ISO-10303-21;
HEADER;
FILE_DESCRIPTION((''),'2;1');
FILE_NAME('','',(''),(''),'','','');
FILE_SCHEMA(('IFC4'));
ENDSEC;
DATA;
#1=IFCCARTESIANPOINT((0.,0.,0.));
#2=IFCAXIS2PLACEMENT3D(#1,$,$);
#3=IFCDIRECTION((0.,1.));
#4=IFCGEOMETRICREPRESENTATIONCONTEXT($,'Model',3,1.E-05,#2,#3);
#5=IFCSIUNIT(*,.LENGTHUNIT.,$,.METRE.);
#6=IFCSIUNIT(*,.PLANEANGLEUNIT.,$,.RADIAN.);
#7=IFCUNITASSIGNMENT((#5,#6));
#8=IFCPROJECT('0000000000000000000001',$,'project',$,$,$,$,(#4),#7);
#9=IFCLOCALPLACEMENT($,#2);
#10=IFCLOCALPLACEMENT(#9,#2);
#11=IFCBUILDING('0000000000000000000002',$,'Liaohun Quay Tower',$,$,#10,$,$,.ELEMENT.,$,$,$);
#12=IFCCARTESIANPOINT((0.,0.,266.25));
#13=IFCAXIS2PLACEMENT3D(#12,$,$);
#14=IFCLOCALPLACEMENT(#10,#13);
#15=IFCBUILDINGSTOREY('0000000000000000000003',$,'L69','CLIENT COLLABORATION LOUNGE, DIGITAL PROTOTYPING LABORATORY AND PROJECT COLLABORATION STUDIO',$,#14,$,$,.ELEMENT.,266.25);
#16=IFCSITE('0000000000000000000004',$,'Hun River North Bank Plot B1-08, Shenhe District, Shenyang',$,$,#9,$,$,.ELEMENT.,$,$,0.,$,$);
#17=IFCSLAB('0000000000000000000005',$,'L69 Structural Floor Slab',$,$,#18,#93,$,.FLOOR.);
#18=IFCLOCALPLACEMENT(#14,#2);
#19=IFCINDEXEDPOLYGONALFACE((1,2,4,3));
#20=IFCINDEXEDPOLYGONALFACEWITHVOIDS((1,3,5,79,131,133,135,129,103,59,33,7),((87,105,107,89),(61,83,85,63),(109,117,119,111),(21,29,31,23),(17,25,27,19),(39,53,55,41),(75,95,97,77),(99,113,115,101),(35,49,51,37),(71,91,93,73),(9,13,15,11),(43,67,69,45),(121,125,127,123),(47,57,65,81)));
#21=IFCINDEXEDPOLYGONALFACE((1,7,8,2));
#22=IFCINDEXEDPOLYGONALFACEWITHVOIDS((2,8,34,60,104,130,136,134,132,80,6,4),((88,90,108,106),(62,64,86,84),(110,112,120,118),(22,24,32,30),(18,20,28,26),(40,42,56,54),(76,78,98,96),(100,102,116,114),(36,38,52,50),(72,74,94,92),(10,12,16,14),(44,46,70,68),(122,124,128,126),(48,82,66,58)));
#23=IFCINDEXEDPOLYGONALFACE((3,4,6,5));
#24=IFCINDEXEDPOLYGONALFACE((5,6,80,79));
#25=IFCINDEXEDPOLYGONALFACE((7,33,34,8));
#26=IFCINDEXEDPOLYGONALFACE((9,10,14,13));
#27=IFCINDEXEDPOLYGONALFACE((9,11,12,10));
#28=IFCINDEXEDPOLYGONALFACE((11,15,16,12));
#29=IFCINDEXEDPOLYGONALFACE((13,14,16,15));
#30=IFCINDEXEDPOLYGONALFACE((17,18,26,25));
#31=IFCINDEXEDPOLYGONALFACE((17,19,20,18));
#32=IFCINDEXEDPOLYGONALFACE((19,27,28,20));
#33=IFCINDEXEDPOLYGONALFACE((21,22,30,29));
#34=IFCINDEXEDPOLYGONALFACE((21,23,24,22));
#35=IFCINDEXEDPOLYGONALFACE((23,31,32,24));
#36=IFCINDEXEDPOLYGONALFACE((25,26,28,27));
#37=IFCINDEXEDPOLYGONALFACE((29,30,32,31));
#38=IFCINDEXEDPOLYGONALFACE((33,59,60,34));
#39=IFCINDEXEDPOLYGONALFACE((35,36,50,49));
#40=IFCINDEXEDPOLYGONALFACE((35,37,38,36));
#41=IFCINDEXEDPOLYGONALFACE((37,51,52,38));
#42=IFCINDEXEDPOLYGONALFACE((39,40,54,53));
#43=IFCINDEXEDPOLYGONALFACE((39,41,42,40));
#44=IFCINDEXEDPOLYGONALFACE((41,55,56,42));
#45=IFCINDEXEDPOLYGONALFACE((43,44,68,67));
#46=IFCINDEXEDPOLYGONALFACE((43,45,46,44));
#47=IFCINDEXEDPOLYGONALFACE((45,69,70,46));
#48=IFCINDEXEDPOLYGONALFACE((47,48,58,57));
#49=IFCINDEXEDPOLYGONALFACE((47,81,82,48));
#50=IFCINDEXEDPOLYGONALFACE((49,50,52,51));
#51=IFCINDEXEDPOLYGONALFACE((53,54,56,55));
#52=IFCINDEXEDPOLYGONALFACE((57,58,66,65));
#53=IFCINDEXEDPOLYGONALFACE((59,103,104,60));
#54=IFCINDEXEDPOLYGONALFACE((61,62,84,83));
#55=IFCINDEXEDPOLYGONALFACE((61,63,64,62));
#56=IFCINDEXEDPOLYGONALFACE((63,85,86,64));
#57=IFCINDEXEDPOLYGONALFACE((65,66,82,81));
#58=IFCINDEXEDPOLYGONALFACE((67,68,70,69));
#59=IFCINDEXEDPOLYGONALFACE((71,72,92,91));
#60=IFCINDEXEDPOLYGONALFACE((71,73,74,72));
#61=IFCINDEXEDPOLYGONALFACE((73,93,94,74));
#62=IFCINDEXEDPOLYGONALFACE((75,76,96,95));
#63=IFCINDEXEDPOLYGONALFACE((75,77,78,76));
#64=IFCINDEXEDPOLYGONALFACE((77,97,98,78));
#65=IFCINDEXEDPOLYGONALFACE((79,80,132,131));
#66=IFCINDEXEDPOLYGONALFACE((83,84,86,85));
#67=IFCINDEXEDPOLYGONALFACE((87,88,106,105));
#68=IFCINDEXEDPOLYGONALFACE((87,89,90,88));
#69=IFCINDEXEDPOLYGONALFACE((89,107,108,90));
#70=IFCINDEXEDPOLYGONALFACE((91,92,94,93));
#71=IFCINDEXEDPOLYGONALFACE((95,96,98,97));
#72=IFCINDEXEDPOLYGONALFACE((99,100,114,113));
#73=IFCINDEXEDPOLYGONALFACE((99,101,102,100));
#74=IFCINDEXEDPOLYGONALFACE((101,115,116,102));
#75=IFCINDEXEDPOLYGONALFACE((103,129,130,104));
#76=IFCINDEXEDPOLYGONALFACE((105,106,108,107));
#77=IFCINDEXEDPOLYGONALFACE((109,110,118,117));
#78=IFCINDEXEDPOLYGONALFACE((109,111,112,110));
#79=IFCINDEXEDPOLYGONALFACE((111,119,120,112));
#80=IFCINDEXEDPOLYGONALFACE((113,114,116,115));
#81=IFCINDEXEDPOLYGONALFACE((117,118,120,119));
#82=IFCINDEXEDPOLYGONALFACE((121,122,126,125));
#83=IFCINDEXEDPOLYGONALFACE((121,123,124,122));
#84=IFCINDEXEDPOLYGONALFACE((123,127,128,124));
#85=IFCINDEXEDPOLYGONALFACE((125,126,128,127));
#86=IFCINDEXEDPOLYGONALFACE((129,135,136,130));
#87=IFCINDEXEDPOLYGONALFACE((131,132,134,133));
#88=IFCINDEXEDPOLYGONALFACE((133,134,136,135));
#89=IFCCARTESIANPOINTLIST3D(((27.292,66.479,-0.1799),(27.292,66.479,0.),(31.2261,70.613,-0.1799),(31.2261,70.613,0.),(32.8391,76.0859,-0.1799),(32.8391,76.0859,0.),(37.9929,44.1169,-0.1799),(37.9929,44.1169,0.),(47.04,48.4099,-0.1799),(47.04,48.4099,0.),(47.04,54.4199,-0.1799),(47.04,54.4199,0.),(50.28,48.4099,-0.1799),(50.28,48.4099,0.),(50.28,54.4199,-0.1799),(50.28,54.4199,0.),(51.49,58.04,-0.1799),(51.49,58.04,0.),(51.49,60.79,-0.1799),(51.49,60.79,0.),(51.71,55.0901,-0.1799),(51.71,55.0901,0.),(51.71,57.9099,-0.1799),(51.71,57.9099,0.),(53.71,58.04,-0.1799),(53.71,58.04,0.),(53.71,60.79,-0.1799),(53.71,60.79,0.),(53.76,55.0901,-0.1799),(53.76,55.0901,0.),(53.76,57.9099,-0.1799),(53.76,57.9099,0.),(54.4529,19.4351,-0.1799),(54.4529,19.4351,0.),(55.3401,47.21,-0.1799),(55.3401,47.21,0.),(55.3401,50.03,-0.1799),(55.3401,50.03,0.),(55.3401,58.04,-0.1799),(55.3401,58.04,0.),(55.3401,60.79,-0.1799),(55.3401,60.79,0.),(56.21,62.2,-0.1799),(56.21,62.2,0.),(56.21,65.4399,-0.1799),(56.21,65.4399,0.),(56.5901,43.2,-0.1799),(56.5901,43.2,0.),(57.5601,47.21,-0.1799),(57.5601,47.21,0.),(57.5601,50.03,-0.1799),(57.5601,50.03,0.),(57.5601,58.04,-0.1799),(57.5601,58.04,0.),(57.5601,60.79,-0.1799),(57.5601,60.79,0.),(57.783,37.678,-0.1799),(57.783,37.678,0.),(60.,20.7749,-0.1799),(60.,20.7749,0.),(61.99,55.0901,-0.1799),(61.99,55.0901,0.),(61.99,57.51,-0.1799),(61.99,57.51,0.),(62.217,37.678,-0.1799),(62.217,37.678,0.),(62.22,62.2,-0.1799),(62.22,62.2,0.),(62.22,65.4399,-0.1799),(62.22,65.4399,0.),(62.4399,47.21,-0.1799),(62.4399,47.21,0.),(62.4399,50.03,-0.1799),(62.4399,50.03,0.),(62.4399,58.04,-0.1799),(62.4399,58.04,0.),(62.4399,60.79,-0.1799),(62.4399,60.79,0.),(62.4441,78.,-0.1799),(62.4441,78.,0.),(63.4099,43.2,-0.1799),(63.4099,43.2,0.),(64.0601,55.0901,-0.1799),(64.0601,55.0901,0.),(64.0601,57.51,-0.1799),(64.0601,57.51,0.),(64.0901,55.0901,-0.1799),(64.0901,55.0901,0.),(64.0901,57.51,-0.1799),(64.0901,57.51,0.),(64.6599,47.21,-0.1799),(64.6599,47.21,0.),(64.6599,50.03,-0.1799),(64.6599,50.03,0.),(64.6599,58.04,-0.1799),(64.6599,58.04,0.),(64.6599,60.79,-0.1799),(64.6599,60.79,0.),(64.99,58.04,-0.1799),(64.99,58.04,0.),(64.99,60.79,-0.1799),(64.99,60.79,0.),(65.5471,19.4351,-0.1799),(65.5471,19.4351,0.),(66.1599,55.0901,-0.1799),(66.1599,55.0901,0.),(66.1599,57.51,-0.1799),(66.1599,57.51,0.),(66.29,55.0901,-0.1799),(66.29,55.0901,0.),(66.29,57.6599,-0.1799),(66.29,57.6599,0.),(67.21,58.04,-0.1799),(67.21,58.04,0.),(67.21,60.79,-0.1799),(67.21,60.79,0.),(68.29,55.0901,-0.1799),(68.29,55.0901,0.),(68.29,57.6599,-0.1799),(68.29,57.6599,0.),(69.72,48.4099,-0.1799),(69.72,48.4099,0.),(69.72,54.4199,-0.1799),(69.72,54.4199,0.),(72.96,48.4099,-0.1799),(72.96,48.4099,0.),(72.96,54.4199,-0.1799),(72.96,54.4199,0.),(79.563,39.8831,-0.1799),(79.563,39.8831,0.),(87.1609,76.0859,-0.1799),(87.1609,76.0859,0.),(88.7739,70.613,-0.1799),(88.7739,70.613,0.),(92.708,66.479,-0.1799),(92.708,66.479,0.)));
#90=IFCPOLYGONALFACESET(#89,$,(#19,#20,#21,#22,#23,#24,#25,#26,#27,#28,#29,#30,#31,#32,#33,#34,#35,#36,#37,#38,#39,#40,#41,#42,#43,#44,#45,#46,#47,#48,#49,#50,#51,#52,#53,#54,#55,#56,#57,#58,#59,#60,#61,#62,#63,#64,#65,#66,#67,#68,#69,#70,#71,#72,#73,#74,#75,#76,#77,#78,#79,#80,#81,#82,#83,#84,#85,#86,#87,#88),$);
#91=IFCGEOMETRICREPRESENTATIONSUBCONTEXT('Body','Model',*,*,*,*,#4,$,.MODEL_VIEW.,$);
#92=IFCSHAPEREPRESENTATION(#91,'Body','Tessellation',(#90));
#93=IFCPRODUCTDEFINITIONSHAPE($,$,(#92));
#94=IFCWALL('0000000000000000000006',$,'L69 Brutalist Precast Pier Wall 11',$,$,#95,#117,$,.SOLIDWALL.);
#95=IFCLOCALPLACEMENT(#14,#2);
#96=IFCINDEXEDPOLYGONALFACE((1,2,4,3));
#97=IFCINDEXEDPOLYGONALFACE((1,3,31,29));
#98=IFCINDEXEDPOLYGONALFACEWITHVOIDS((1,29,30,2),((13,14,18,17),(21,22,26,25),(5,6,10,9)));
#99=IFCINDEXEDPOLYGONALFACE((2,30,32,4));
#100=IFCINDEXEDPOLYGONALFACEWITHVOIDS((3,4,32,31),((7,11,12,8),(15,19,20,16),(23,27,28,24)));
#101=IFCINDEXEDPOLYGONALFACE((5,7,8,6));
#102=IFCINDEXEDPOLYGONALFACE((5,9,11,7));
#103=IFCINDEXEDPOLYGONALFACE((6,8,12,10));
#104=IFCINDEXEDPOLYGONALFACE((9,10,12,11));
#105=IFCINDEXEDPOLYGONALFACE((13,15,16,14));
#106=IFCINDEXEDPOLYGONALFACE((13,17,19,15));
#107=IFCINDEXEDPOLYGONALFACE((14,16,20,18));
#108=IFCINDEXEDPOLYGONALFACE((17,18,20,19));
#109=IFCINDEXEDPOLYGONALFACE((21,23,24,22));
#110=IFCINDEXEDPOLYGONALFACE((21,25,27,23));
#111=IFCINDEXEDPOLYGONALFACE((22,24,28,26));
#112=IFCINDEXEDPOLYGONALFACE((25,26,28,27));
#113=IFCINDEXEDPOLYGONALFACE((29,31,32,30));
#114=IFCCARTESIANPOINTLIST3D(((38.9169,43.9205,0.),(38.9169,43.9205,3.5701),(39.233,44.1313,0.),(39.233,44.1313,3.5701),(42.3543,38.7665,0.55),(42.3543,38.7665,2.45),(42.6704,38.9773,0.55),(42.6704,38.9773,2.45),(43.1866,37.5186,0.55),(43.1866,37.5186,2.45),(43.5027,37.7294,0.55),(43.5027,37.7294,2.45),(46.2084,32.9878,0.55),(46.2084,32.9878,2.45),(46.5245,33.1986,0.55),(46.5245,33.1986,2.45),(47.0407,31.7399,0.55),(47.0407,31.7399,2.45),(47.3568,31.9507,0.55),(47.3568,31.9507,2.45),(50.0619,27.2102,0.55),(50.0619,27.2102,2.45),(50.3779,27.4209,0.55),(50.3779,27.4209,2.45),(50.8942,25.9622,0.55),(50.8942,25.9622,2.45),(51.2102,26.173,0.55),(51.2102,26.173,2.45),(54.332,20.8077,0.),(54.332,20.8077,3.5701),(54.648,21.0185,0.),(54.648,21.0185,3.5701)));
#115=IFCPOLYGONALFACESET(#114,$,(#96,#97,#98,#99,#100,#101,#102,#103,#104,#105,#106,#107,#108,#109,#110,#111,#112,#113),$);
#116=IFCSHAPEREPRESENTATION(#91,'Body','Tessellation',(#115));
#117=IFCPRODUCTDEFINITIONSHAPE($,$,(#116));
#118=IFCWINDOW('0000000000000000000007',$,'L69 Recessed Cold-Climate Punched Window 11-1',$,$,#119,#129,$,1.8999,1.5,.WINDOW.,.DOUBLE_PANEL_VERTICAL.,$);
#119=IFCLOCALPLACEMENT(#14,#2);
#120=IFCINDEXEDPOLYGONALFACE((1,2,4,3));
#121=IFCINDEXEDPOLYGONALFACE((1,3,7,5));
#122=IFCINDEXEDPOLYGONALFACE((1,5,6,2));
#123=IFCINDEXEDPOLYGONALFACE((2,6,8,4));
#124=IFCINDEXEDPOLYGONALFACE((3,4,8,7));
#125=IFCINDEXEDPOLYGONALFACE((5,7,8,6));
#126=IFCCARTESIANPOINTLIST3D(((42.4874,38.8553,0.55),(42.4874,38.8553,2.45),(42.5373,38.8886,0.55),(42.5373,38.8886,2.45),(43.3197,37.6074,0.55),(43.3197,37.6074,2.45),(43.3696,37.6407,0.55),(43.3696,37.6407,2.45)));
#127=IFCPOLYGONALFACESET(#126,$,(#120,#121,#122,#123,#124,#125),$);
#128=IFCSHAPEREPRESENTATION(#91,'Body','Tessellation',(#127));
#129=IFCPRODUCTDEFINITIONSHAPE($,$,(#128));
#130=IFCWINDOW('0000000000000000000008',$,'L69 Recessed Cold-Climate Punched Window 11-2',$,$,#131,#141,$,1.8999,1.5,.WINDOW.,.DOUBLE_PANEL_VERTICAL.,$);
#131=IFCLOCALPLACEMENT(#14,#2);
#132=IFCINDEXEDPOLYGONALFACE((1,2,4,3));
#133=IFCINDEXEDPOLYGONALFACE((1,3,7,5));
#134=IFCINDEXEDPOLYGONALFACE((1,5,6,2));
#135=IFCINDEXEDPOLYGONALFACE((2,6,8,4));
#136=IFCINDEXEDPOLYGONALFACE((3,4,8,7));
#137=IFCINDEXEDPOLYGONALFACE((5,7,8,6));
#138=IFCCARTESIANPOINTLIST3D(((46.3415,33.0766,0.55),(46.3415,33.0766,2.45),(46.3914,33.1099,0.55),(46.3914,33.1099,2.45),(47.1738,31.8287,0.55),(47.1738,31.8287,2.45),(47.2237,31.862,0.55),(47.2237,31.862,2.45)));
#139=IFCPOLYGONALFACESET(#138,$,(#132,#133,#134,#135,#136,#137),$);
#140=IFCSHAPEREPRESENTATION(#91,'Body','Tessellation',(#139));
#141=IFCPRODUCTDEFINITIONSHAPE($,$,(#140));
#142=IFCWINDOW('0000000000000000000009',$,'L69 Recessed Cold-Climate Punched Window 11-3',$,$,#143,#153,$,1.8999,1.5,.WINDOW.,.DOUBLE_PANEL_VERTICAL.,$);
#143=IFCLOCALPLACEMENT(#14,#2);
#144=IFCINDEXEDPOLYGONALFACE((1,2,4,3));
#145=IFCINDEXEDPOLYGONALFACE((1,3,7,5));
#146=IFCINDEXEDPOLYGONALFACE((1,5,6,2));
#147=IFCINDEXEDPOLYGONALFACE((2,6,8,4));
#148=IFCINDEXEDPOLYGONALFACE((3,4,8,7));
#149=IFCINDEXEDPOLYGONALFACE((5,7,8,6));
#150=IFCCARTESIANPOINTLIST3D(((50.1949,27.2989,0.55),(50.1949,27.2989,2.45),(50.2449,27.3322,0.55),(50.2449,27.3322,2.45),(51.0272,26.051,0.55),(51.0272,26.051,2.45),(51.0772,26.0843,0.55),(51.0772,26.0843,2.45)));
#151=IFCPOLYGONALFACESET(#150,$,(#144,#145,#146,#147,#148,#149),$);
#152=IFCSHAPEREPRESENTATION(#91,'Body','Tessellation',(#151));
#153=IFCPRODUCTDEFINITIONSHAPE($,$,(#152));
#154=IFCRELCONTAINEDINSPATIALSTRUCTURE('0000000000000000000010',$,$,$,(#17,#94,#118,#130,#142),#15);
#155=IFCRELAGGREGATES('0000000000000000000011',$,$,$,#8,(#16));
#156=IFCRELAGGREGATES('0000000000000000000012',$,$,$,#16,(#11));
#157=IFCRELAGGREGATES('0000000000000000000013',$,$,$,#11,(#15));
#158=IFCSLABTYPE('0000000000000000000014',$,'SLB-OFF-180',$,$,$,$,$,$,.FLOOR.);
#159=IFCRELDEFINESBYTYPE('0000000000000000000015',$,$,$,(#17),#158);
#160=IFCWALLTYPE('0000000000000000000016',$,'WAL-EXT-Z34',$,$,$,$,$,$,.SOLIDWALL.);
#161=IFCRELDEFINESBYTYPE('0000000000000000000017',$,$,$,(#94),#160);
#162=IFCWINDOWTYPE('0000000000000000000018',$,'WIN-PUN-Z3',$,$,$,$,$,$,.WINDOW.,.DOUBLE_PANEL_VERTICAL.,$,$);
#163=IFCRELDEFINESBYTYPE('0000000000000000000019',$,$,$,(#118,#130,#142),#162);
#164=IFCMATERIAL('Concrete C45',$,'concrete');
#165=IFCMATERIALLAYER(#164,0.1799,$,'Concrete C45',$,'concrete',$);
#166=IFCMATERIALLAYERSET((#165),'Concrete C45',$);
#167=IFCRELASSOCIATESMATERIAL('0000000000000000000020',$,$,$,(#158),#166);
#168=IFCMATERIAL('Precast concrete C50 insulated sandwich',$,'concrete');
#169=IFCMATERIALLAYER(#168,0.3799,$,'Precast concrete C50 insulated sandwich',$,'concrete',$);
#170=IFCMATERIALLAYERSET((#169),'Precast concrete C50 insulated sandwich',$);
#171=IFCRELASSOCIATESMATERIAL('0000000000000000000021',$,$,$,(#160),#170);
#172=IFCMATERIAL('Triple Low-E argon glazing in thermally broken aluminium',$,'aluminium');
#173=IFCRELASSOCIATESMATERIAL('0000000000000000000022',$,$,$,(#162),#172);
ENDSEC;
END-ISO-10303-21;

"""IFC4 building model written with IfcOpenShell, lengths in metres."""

from ifc_helpers import new_model, si_unit, direction, frame, frame_2d, origin, place, context, subcontext, project, spatial, polyline, rectangle, outline, extrude, source, transform, mapped, material, layer, layer_set, type_object, element, fill, save


model = new_model("IFC4")

# Units and contexts
model_context = context("Model", 3, precision=1e-05, world=origin(), true_north=direction((0.0, 1.0)))
body_context = subcontext(model_context, "Body", "Model", "MODEL_VIEW")
ifc_project = project(units=[si_unit("LENGTHUNIT", "METRE"), si_unit("PLANEANGLEUNIT", "RADIAN")], contexts=[model_context])

# Site, building, storey
site_placement = place(None, origin())
site = spatial("IfcSite", under=ifc_project, at=site_placement, Name="Hun River North Bank Plot B1-08, Shenhe District, Shenyang", CompositionType="ELEMENT", RefElevation=0.0)
building_placement = place(site_placement, origin())
building = spatial("IfcBuilding", under=site, at=building_placement, Name="Liaohun Quay Tower", CompositionType="ELEMENT")
storey_placement = place(building_placement, frame((0.0, 0.0, 266.25)))
storey = spatial("IfcBuildingStorey", under=building, at=storey_placement, Name="L69", Description="CLIENT COLLABORATION LOUNGE, DIGITAL PROTOTYPING LABORATORY AND PROJECT COLLABORATION STUDIO", CompositionType="ELEMENT", Elevation=266.25)

# Shared definitions
ifc_material_1 = material(Name="Concrete C45", Category="concrete")

# Slab
ifc_layer_1 = layer(ifc_material_1, 0.1799, Name="Concrete C45", Category="concrete")
ifc_layer_set_1 = layer_set([ifc_layer_1], Name="Concrete C45")
slab_type_1 = type_object("IfcSlabType", Name="SLB-OFF-180", PredefinedType="FLOOR", material=ifc_layer_set_1)
slab_1_placement = place(storey_placement, frame((0.0, 0.0, -0.1799)))
element("IfcSlab", 1, at=slab_1_placement, inside=storey, type_object=slab_type_1, Name="L69 Structural Floor Slab", PredefinedType="FLOOR", context=body_context, shape_type="SweptSolid", body=[
    extrude(outline(polyline([(54.4529, 19.4351), (60.0, 20.7749), (65.5471, 19.4351), (79.563, 39.8831), (92.708, 66.479), (88.7739, 70.613), (87.1609, 76.0859), (62.4441, 78.0), (32.8391, 76.0859), (31.2261, 70.613), (27.292, 66.479), (37.9929, 44.1169), (54.4529, 19.4351)]), holes=[polyline([(63.4099, 43.2), (56.5901, 43.2), (57.783, 37.678), (62.217, 37.678), (63.4099, 43.2)]), polyline([(57.5601, 47.21), (57.5601, 50.03), (55.3401, 50.03), (55.3401, 47.21), (57.5601, 47.21)]), polyline([(50.28, 54.4199), (47.04, 54.4199), (47.04, 48.4099), (50.28, 48.4099), (50.28, 54.4199)]), polyline([(53.76, 55.0901), (53.76, 57.9099), (51.71, 57.9099), (51.71, 55.0901), (53.76, 55.0901)]), polyline([(53.71, 58.04), (53.71, 60.79), (51.49, 60.79), (51.49, 58.04), (53.71, 58.04)]), polyline([(57.5601, 58.04), (57.5601, 60.79), (55.3401, 60.79), (55.3401, 58.04), (57.5601, 58.04)]), polyline([(62.22, 62.2), (62.22, 65.4399), (56.21, 65.4399), (56.21, 62.2), (62.22, 62.2)]), polyline([(64.6599, 50.03), (62.4399, 50.03), (62.4399, 47.21), (64.6599, 47.21), (64.6599, 50.03)]), polyline([(72.96, 54.4199), (69.72, 54.4199), (69.72, 48.4099), (72.96, 48.4099), (72.96, 54.4199)]), polyline([(64.0601, 55.0901), (64.0601, 57.51), (61.99, 57.51), (61.99, 55.0901), (64.0601, 55.0901)]), polyline([(66.1599, 55.0901), (66.1599, 57.51), (64.0901, 57.51), (64.0901, 55.0901), (66.1599, 55.0901)]), polyline([(68.29, 55.0901), (68.29, 57.6599), (66.29, 57.6599), (66.29, 55.0901), (68.29, 55.0901)]), polyline([(64.6599, 58.04), (64.6599, 60.79), (62.4399, 60.79), (62.4399, 58.04), (64.6599, 58.04)]), polyline([(67.21, 58.04), (67.21, 60.79), (64.99, 60.79), (64.99, 58.04), (67.21, 58.04)])]), origin(), (0.0, 0.0, 1.0), 0.1799),
])

# Wall, openings, windows
ifc_material_2 = material(Name="Precast concrete C50 insulated sandwich", Category="concrete")
ifc_layer_2 = layer(ifc_material_2, 0.3799, Name="Precast concrete C50 insulated sandwich", Category="concrete")
ifc_layer_set_2 = layer_set([ifc_layer_2], Name="Precast concrete C50 insulated sandwich")
wall_type_1 = type_object("IfcWallType", Name="WAL-EXT-Z34", PredefinedType="SOLIDWALL", material=ifc_layer_set_2)
wall_1_placement = place(storey_placement, frame((39.075, 44.0259, 0.0), z_axis=(0.0, 0.0, 1.0), x_axis=(0.554862, -0.831942, 0.0)))
wall_1 = element("IfcWall", 2, at=wall_1_placement, inside=storey, type_object=wall_type_1, Name="L69 Brutalist Precast Pier Wall 11", PredefinedType="SOLIDWALL", context=body_context, shape_type="SweptSolid", body=[
    extrude(rectangle(XDim=27.7817, YDim=0.3799, at=frame_2d((13.8909, 0.0))), origin(), (0.0, 0.0, 1.0), 3.5701),
])
shared_shape_1 = source(origin(), body_context, "Body", "SweptSolid", [
    extrude(rectangle(XDim=1.5, YDim=1.8999, at=frame_2d((0.75, 0.95))), frame((0.0, 0.2, 0.0), z_axis=(0.0, -1.0, 0.0), x_axis=(1.0, 0.0, 0.0)), (0.0, 0.0, 1.0), 0.3999),
])
opening_1_placement = place(wall_1_placement, frame((6.1951, 0.0, 0.55)))
opening_1 = element("IfcOpeningElement", 3, at=opening_1_placement, cuts=wall_1, PredefinedType="OPENING", context=body_context, shape_type="MappedRepresentation", body=[
    mapped(shared_shape_1, transform((0.0, 0.0, 0.0), x_axis=(1.0, 0.0, 0.0), y_axis=(0.0, 1.0, 0.0), z_axis=(0.0, 0.0, 1.0), scale=1.0)),
])
opening_2_placement = place(wall_1_placement, frame((13.1411, 0.0, 0.55)))
opening_2 = element("IfcOpeningElement", 4, at=opening_2_placement, cuts=wall_1, PredefinedType="OPENING", context=body_context, shape_type="MappedRepresentation", body=[
    mapped(shared_shape_1, transform((0.0, 0.0, 0.0), x_axis=(1.0, 0.0, 0.0), y_axis=(0.0, 1.0, 0.0), z_axis=(0.0, 0.0, 1.0), scale=1.0)),
])
opening_3_placement = place(wall_1_placement, frame((20.0859, 0.0, 0.55)))
opening_3 = element("IfcOpeningElement", 5, at=opening_3_placement, cuts=wall_1, PredefinedType="OPENING", context=body_context, shape_type="MappedRepresentation", body=[
    mapped(shared_shape_1, transform((0.0, 0.0, 0.0), x_axis=(1.0, 0.0, 0.0), y_axis=(0.0, 1.0, 0.0), z_axis=(0.0, 0.0, 1.0), scale=1.0)),
])
ifc_material_3 = material(Name="Triple Low-E argon glazing in thermally broken aluminium", Category="aluminium")
window_type = type_object("IfcWindowType", Name="WIN-PUN-Z3", PartitioningType="DOUBLE_PANEL_VERTICAL", PredefinedType="WINDOW", material=ifc_material_3)
shared_shape_2 = source(origin(), body_context, "Body", "SweptSolid", [
    extrude(rectangle(XDim=1.5, YDim=1.8999, at=frame_2d((0.75, 0.95))), frame((0.0, 0.03, 0.0), z_axis=(0.0, -1.0, 0.0), x_axis=(1.0, 0.0, 0.0)), (0.0, 0.0, 1.0), 0.0601),
])
window_1_placement = place(opening_1_placement, origin())
window_1 = element("IfcWindow", 6, at=window_1_placement, inside=storey, type_object=window_type, Name="L69 Recessed Cold-Climate Punched Window 11-1", OverallHeight=1.8999, OverallWidth=1.5, PartitioningType="DOUBLE_PANEL_VERTICAL", PredefinedType="WINDOW", context=body_context, shape_type="MappedRepresentation", body=[
    mapped(shared_shape_2, transform((0.0, 0.0, 0.0), x_axis=(1.0, 0.0, 0.0), y_axis=(0.0, 1.0, 0.0), z_axis=(0.0, 0.0, 1.0), scale=1.0)),
])
fill(opening_1, window_1)
window_2_placement = place(opening_2_placement, origin())
window_2 = element("IfcWindow", 7, at=window_2_placement, inside=storey, type_object=window_type, Name="L69 Recessed Cold-Climate Punched Window 11-2", OverallHeight=1.8999, OverallWidth=1.5, PartitioningType="DOUBLE_PANEL_VERTICAL", PredefinedType="WINDOW", context=body_context, shape_type="MappedRepresentation", body=[
    mapped(shared_shape_2, transform((0.0, 0.0, 0.0), x_axis=(1.0, 0.0, 0.0), y_axis=(0.0, 1.0, 0.0), z_axis=(0.0, 0.0, 1.0), scale=1.0)),
])
fill(opening_2, window_2)
window_3_placement = place(opening_3_placement, origin())
window_3 = element("IfcWindow", 8, at=window_3_placement, inside=storey, type_object=window_type, Name="L69 Recessed Cold-Climate Punched Window 11-3", OverallHeight=1.8999, OverallWidth=1.5, PartitioningType="DOUBLE_PANEL_VERTICAL", PredefinedType="WINDOW", context=body_context, shape_type="MappedRepresentation", body=[
    mapped(shared_shape_2, transform((0.0, 0.0, 0.0), x_axis=(1.0, 0.0, 0.0), y_axis=(0.0, 1.0, 0.0), z_axis=(0.0, 0.0, 1.0), scale=1.0)),
])
fill(opening_3, window_3)

save(model, "model.ifc")
